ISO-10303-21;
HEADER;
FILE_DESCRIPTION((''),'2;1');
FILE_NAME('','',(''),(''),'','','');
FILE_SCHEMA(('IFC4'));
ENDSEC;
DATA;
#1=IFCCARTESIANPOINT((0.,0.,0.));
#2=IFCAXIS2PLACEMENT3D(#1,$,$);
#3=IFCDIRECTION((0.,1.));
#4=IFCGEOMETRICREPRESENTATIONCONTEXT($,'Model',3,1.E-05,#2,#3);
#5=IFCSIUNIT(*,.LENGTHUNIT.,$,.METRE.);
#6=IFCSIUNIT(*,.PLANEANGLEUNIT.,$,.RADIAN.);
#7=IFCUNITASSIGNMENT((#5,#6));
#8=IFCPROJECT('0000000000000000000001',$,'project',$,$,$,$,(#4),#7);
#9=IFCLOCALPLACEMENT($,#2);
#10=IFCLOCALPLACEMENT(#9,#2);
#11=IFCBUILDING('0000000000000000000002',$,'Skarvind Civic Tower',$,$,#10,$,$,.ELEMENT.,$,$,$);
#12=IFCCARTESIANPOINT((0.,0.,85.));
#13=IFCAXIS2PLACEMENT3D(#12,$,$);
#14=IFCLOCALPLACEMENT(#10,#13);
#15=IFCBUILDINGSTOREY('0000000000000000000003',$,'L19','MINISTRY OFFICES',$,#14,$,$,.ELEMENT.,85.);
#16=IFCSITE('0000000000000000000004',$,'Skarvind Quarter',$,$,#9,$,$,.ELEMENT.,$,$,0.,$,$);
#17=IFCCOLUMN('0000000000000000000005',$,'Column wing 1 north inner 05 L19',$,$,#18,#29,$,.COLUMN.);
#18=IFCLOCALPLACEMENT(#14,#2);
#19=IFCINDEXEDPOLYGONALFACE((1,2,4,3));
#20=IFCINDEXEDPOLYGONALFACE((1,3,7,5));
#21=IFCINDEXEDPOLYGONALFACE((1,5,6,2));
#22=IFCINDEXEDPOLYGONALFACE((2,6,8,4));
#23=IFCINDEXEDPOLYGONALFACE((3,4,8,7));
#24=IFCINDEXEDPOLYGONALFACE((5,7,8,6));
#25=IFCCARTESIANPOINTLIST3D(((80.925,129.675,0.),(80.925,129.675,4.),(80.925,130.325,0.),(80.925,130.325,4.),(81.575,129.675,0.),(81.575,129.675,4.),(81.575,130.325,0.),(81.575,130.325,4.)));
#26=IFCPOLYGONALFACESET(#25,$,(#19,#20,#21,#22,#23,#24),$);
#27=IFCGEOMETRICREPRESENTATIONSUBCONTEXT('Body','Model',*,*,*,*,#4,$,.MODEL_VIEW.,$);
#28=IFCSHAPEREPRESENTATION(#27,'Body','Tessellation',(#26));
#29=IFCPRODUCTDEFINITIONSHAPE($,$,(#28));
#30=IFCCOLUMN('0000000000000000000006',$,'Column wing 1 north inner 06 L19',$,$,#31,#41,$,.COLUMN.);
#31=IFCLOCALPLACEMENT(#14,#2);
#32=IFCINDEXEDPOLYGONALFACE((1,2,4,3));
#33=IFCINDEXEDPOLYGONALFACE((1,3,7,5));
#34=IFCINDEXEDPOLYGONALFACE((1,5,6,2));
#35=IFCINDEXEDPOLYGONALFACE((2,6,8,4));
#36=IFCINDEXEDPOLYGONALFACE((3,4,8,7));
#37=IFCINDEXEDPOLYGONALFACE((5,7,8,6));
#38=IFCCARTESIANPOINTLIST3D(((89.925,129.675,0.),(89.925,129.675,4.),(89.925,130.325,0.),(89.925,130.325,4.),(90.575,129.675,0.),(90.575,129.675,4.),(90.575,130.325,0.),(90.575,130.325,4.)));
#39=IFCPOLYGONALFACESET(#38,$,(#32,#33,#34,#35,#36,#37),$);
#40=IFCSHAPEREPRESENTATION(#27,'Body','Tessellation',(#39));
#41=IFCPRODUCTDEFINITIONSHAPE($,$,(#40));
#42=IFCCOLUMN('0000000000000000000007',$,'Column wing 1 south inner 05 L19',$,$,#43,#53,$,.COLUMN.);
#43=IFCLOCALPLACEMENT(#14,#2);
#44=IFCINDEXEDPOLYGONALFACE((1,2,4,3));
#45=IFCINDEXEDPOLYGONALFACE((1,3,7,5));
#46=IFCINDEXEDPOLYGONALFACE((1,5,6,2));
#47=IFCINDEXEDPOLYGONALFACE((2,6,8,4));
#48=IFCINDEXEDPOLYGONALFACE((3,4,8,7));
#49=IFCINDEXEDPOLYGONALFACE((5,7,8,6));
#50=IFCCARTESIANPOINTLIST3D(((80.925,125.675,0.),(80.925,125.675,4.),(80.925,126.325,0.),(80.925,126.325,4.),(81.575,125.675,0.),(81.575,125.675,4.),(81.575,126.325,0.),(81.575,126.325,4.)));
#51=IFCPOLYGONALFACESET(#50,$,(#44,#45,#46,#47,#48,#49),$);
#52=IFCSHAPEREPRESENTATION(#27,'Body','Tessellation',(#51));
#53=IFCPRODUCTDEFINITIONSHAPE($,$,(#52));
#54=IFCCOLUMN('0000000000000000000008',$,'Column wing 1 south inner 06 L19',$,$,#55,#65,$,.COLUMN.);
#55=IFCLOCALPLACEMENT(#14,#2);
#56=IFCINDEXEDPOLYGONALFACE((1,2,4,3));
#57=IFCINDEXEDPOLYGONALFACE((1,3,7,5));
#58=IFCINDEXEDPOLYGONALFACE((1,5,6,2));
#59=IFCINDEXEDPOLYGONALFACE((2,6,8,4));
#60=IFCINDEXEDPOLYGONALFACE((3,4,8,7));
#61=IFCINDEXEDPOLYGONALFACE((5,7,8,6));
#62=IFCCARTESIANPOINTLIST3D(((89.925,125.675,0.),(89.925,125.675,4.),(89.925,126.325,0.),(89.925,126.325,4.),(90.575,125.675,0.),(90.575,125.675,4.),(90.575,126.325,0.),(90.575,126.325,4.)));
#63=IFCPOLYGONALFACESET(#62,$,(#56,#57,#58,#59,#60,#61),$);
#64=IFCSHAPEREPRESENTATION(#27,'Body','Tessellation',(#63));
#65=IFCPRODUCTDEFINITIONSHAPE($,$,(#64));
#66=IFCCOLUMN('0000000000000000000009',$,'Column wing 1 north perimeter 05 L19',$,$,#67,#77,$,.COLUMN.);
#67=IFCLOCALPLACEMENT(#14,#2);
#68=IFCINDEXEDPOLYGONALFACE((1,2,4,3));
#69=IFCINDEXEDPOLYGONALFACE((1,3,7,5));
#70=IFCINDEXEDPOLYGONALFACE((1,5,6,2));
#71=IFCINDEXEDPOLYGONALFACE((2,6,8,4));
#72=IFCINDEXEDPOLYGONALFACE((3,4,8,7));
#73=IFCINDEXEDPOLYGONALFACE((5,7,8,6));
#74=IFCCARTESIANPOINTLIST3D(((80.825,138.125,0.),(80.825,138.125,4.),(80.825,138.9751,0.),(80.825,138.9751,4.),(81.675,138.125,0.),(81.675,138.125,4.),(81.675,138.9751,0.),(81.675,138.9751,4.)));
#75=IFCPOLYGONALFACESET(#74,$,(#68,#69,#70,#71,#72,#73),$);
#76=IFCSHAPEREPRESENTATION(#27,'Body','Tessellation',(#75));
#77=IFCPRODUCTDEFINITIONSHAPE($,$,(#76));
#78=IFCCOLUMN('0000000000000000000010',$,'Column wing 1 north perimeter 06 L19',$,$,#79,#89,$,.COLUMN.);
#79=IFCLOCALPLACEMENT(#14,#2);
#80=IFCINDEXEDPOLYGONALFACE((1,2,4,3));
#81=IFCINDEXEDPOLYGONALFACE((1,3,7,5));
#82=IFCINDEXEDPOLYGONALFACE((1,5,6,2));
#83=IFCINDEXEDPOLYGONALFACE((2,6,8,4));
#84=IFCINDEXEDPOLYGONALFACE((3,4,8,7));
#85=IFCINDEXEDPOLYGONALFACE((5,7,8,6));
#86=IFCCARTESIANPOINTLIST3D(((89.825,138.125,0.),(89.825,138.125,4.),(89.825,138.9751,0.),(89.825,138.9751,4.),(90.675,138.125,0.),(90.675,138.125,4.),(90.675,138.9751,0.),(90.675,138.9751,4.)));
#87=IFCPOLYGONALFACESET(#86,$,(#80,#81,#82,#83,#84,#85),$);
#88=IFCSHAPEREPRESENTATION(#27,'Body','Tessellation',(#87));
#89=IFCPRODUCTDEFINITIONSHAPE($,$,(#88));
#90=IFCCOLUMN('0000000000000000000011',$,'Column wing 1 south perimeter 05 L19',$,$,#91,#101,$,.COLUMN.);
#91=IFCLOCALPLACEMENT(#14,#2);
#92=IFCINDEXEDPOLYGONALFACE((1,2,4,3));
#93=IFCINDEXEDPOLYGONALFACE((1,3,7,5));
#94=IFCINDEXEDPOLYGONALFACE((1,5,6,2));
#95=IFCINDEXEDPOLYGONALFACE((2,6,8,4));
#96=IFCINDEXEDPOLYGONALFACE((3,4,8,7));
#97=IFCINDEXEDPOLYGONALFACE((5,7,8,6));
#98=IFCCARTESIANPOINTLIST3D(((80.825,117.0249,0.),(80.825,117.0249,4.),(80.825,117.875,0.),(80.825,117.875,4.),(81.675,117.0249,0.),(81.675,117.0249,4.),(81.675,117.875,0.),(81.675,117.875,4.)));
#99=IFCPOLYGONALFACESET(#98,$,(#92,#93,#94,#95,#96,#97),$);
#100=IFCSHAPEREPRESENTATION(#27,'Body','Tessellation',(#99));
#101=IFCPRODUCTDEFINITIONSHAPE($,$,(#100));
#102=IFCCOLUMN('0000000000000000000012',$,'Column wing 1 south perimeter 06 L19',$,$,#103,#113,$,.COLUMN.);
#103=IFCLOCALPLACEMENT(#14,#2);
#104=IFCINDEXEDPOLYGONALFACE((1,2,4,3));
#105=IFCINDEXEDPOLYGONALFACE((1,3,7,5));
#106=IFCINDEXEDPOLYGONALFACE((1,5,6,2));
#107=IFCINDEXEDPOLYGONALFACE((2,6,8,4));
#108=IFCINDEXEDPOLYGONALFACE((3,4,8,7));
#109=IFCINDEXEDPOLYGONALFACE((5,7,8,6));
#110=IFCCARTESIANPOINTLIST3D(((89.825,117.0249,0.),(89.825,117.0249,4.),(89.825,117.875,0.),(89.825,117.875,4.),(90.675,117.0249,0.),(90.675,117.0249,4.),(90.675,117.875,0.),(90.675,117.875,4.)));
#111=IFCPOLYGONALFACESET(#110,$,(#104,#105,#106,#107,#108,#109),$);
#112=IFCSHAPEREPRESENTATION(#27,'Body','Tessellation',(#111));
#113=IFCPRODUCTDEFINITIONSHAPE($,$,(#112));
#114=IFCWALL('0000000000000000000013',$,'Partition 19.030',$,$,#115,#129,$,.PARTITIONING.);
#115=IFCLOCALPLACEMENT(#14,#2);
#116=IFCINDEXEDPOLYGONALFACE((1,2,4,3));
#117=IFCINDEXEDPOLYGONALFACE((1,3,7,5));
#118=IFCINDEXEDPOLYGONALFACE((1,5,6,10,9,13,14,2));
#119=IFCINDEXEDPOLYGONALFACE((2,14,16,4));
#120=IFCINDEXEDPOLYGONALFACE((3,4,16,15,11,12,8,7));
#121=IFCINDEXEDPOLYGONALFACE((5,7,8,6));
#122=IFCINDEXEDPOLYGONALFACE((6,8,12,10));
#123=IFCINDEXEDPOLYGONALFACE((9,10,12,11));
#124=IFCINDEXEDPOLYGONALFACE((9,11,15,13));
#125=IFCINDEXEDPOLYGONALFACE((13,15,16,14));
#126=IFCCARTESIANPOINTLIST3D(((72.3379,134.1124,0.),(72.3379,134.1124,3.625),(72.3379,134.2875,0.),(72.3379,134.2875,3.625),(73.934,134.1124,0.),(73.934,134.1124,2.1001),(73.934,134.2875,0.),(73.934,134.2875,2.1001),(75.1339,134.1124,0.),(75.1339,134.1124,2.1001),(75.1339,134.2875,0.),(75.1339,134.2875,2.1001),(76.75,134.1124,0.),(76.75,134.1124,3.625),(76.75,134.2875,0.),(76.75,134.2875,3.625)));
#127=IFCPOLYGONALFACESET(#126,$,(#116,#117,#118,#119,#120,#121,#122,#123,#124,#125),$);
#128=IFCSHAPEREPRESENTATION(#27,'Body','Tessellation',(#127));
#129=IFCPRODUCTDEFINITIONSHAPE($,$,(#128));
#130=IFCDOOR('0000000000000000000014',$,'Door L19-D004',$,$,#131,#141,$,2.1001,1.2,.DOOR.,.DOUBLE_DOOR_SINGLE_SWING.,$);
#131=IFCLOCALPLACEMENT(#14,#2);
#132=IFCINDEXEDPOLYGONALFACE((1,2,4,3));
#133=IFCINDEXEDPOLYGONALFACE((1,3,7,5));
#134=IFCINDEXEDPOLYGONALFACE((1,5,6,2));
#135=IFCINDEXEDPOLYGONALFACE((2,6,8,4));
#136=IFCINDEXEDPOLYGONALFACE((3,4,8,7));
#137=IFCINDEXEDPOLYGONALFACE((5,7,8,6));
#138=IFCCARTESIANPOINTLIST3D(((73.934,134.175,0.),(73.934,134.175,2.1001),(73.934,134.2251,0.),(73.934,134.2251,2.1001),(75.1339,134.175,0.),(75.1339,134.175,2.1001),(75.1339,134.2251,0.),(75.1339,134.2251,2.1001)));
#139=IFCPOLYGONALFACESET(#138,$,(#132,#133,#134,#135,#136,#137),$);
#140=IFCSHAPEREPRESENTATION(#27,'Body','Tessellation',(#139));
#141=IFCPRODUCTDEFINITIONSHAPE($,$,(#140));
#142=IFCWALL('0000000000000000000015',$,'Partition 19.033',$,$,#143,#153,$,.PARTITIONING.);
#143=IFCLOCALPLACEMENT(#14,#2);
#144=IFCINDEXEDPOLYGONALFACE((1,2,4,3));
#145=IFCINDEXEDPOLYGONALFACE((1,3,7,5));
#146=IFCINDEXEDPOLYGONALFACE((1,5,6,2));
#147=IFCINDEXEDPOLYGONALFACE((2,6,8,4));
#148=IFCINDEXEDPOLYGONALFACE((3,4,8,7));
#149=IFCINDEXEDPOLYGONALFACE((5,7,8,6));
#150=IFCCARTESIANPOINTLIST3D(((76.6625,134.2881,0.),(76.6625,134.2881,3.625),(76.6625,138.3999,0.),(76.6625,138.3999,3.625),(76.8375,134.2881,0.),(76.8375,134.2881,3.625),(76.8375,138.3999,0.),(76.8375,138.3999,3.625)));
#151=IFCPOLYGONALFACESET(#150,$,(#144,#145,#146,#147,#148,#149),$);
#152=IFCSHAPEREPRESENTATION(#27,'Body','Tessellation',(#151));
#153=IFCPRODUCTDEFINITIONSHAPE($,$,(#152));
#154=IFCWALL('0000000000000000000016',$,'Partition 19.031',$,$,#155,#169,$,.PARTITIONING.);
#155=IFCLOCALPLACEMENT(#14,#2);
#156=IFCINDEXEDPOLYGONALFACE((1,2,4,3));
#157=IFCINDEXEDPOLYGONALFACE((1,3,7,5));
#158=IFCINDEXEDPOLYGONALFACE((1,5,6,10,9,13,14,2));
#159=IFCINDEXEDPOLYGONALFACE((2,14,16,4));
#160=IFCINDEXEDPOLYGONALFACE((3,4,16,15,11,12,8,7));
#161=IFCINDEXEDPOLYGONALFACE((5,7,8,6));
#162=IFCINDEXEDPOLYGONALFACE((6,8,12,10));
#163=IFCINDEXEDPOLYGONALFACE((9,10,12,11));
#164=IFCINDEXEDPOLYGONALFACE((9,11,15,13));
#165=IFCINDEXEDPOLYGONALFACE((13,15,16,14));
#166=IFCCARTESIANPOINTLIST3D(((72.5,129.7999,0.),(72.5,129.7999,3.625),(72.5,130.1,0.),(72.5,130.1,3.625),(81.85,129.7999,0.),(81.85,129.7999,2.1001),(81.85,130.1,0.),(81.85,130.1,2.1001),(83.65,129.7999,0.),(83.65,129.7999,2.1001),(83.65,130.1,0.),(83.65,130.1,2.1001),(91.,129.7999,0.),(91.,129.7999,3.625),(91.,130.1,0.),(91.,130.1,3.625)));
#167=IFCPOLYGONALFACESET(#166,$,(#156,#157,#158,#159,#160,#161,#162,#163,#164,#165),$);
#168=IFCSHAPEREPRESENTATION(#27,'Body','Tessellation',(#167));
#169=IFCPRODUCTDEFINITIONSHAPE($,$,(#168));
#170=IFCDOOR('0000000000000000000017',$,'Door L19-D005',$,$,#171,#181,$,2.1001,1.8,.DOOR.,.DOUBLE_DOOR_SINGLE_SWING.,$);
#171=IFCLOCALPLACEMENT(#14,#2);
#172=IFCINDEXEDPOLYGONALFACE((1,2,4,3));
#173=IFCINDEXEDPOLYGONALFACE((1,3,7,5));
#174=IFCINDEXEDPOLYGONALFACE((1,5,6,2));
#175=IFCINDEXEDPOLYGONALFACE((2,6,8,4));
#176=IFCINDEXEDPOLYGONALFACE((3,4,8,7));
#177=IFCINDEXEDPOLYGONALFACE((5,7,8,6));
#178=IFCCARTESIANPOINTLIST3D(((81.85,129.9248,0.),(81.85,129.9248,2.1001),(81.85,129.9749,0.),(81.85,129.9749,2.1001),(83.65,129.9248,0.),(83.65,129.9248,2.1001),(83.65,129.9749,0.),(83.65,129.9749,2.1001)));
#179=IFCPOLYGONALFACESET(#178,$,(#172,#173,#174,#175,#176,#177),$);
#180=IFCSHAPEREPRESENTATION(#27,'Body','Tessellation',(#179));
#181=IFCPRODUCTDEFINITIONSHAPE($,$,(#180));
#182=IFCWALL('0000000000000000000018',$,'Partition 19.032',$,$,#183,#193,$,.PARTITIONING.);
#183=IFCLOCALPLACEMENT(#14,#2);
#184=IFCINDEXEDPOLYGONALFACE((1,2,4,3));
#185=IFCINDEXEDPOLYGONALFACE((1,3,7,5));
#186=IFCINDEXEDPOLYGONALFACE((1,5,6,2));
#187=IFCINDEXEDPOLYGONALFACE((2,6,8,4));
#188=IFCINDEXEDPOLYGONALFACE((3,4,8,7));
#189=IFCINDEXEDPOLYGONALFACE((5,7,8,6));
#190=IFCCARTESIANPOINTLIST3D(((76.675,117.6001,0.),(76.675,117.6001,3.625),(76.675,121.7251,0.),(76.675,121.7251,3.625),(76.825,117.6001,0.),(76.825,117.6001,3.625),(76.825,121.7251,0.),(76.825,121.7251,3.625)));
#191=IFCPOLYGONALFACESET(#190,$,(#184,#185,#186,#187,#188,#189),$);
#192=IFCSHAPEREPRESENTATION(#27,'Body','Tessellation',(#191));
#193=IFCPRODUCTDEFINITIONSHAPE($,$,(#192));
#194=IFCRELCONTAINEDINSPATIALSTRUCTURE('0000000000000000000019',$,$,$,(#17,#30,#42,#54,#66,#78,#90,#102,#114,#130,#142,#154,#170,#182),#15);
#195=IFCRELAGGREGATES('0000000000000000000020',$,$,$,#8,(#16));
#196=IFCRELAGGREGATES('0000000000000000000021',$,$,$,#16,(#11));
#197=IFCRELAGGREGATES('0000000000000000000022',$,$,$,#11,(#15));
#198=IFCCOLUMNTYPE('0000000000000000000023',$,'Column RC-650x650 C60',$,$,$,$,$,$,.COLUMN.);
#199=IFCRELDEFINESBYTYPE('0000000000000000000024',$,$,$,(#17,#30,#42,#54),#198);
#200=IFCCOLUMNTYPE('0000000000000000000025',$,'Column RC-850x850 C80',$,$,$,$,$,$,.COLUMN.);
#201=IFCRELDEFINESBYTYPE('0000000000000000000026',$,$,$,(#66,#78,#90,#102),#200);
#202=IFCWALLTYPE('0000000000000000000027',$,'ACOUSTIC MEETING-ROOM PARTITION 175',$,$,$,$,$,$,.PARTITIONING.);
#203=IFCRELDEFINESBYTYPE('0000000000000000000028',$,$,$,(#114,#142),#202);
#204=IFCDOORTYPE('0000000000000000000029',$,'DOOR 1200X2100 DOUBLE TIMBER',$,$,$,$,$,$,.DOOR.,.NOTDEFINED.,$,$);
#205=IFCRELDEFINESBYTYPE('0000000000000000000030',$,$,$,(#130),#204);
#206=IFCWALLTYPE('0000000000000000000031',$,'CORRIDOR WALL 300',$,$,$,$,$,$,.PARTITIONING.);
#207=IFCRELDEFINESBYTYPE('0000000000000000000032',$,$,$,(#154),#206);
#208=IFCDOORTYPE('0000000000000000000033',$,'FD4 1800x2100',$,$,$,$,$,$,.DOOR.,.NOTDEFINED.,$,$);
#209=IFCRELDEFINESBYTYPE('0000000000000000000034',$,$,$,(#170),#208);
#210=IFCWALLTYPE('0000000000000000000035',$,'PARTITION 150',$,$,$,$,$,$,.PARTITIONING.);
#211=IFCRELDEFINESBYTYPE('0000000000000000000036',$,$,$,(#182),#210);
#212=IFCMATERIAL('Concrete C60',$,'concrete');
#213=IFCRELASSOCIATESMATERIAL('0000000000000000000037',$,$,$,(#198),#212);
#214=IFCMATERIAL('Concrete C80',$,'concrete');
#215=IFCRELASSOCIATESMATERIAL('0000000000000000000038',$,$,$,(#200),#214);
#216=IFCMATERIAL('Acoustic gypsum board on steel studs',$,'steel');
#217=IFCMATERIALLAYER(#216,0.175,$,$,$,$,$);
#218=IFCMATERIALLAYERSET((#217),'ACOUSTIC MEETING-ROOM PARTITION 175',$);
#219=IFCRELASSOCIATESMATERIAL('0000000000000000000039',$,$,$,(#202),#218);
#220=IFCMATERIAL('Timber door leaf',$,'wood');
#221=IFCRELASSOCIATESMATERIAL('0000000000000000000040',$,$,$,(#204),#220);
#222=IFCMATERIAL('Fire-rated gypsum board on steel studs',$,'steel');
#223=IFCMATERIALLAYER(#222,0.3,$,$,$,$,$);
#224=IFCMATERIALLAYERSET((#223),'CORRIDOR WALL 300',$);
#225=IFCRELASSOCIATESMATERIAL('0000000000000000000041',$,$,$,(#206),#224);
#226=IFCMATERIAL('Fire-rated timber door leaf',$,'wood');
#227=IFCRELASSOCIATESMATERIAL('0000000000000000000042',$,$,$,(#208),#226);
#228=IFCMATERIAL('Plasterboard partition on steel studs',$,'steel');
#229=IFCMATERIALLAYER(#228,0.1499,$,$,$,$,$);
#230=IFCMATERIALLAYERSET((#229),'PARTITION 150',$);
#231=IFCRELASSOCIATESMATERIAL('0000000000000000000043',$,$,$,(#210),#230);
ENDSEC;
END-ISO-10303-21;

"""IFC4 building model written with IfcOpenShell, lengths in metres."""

from ifc_helpers import new_model, si_unit, direction, frame, frame_2d, origin, origin_2d, place, context, subcontext, project, spatial, rectangle, extrude, material, layer, layer_set, material_profile, profile_set, type_object, element, fill, save


model = new_model("IFC4")

# Units and contexts
model_context = context("Model", 3, precision=1e-05, world=origin(), true_north=direction((0.0, 1.0)))
body_context = subcontext(model_context, "Body", "Model", "MODEL_VIEW")
ifc_project = project(units=[si_unit("LENGTHUNIT", "METRE"), si_unit("PLANEANGLEUNIT", "RADIAN")], contexts=[model_context])

# Site, building, storey
site_placement = place(None, origin())
site = spatial("IfcSite", under=ifc_project, at=site_placement, Name="Skarvind Quarter", CompositionType="ELEMENT", RefElevation=0.0)
building_placement = place(site_placement, origin())
building = spatial("IfcBuilding", under=site, at=building_placement, Name="Skarvind Civic Tower", CompositionType="ELEMENT")
storey_placement = place(building_placement, frame((0.0, 0.0, 85.0)))
storey = spatial("IfcBuildingStorey", under=building, at=storey_placement, Name="L19", Description="MINISTRY OFFICES", CompositionType="ELEMENT", Elevation=85.0)

# Columns
ifc_material_1 = material(Name="Concrete C60", Category="concrete")
ifc_material_profile_1 = material_profile(ifc_material_1, rectangle(XDim=0.6499, YDim=0.6499, at=origin_2d()), Name="RC-650x650")
ifc_profile_set_1 = profile_set([ifc_material_profile_1], Name="Concrete C60")
column_type_1 = type_object("IfcColumnType", Name="Column RC-650x650 C60", PredefinedType="COLUMN", material=ifc_profile_set_1)
for number, where, z_axis, x_axis, name in (
    (1, (81.25, 130.0, 0.0), (0.0, 0.0, 1.0), (1.0, 0.0, 0.0), "Column wing 1 north inner 05 L19"),
    (2, (90.25, 130.0, 0.0), (0.0, 0.0, 1.0), (1.0, 0.0, 0.0), "Column wing 1 north inner 06 L19"),
    (3, (81.25, 126.0, 0.0), (0.0, 0.0, 1.0), (1.0, 0.0, 0.0), "Column wing 1 south inner 05 L19"),
    (4, (90.25, 126.0, 0.0), (0.0, 0.0, 1.0), (1.0, 0.0, 0.0), "Column wing 1 south inner 06 L19"),
):
    element("IfcColumn", number, at=place(storey_placement, frame(where, z_axis=z_axis, x_axis=x_axis)), inside=storey, type_object=column_type_1, Name=name, PredefinedType="COLUMN", context=body_context, shape_type="SweptSolid", body=[
        extrude(rectangle(XDim=0.6499, YDim=0.6499, at=origin_2d()), origin(), (0.0, 0.0, 1.0), 4.0),
    ])
ifc_material_2 = material(Name="Concrete C80", Category="concrete")
ifc_material_profile_2 = material_profile(ifc_material_2, rectangle(XDim=0.8501, YDim=0.8501, at=origin_2d()), Name="RC-850x850")
ifc_profile_set_2 = profile_set([ifc_material_profile_2], Name="Concrete C80")
column_type_2 = type_object("IfcColumnType", Name="Column RC-850x850 C80", PredefinedType="COLUMN", material=ifc_profile_set_2)
for number, where, z_axis, x_axis, name in (
    (5, (81.25, 138.55, 0.0), (0.0, 0.0, 1.0), (1.0, 0.0, 0.0), "Column wing 1 north perimeter 05 L19"),
    (6, (90.25, 138.55, 0.0), (0.0, 0.0, 1.0), (1.0, 0.0, 0.0), "Column wing 1 north perimeter 06 L19"),
    (7, (81.25, 117.45, 0.0), (0.0, 0.0, 1.0), (1.0, 0.0, 0.0), "Column wing 1 south perimeter 05 L19"),
    (8, (90.25, 117.45, 0.0), (0.0, 0.0, 1.0), (1.0, 0.0, 0.0), "Column wing 1 south perimeter 06 L19"),
):
    element("IfcColumn", number, at=place(storey_placement, frame(where, z_axis=z_axis, x_axis=x_axis)), inside=storey, type_object=column_type_2, Name=name, PredefinedType="COLUMN", context=body_context, shape_type="SweptSolid", body=[
        extrude(rectangle(XDim=0.8501, YDim=0.8501, at=origin_2d()), origin(), (0.0, 0.0, 1.0), 4.0),
    ])

# Wall, opening, door
ifc_material_3 = material(Name="Acoustic gypsum board on steel studs", Category="steel")
ifc_layer_1 = layer(ifc_material_3, 0.175)
ifc_layer_set_1 = layer_set([ifc_layer_1], Name="ACOUSTIC MEETING-ROOM PARTITION 175")
wall_type_1 = type_object("IfcWallType", Name="ACOUSTIC MEETING-ROOM PARTITION 175", PredefinedType="PARTITIONING", material=ifc_layer_set_1)
wall_1_placement = place(storey_placement, frame((76.75, 134.2, 0.0), z_axis=(0.0, 0.0, 1.0), x_axis=(-1.0, 0.0, 0.0)))
wall_1 = element("IfcWall", 9, at=wall_1_placement, inside=storey, type_object=wall_type_1, Name="Partition 19.030", PredefinedType="PARTITIONING", context=body_context, shape_type="SweptSolid", body=[
    extrude(rectangle(XDim=4.4121, YDim=0.175, at=frame_2d((2.2061, 0.0))), origin(), (0.0, 0.0, 1.0), 3.625),
])
opening_1_placement = place(wall_1_placement, frame((1.616, 0.0, 0.0)))
opening_1 = element("IfcOpeningElement", 10, at=opening_1_placement, cuts=wall_1, PredefinedType="OPENING", context=body_context, shape_type="SweptSolid", body=[
    extrude(rectangle(XDim=1.2, YDim=2.1001, at=frame_2d((0.6001, 1.05))), frame((0.0, 0.0974, 0.0), z_axis=(0.0, -1.0, 0.0), x_axis=(1.0, 0.0, 0.0)), (0.0, 0.0, 1.0), 0.1951),
])
ifc_material_4 = material(Name="Timber door leaf", Category="wood")
door_type_1 = type_object("IfcDoorType", Name="DOOR 1200X2100 DOUBLE TIMBER", OperationType="NOTDEFINED", PredefinedType="DOOR", material=ifc_material_4)
door_1_placement = place(opening_1_placement, origin())
door_1 = element("IfcDoor", 11, at=door_1_placement, inside=storey, type_object=door_type_1, Name="Door L19-D004", OperationType="DOUBLE_DOOR_SINGLE_SWING", OverallHeight=2.1001, OverallWidth=1.2, PredefinedType="DOOR", context=body_context, shape_type="SweptSolid", body=[
    extrude(rectangle(XDim=1.2, YDim=2.1001, at=frame_2d((0.6001, 1.05))), frame((0.0, 0.0249, 0.0), z_axis=(0.0, -1.0, 0.0), x_axis=(1.0, 0.0, 0.0)), (0.0, 0.0, 1.0), 0.05),
])
fill(opening_1, door_1)

# Wall
wall_2_placement = place(storey_placement, frame((76.75, 134.2881, 0.0), z_axis=(0.0, 0.0, 1.0), x_axis=(0.0, 1.0, 0.0)))
element("IfcWall", 12, at=wall_2_placement, inside=storey, type_object=wall_type_1, Name="Partition 19.033", PredefinedType="PARTITIONING", context=body_context, shape_type="SweptSolid", body=[
    extrude(rectangle(XDim=4.1118, YDim=0.175, at=frame_2d((2.0559, 0.0))), origin(), (0.0, 0.0, 1.0), 3.625),
])

# Wall, opening, door
ifc_material_5 = material(Name="Fire-rated gypsum board on steel studs", Category="steel")
ifc_layer_2 = layer(ifc_material_5, 0.3)
ifc_layer_set_2 = layer_set([ifc_layer_2], Name="CORRIDOR WALL 300")
wall_type_2 = type_object("IfcWallType", Name="CORRIDOR WALL 300", PredefinedType="PARTITIONING", material=ifc_layer_set_2)
wall_3_placement = place(storey_placement, frame((72.5, 129.95, 0.0), z_axis=(0.0, 0.0, 1.0), x_axis=(1.0, 0.0, 0.0)))
wall_3 = element("IfcWall", 13, at=wall_3_placement, inside=storey, type_object=wall_type_2, Name="Partition 19.031", PredefinedType="PARTITIONING", context=body_context, shape_type="SweptSolid", body=[
    extrude(rectangle(XDim=18.5, YDim=0.3, at=frame_2d((9.25, 0.0))), origin(), (0.0, 0.0, 1.0), 3.625),
])
opening_2_placement = place(wall_3_placement, frame((9.3501, 0.0, 0.0)))
opening_2 = element("IfcOpeningElement", 14, at=opening_2_placement, cuts=wall_3, PredefinedType="OPENING", context=body_context, shape_type="SweptSolid", body=[
    extrude(rectangle(XDim=1.8, YDim=2.1001, at=frame_2d((0.8999, 1.05))), frame((0.0, 0.1599, 0.0), z_axis=(0.0, -1.0, 0.0), x_axis=(1.0, 0.0, 0.0)), (0.0, 0.0, 1.0), 0.3201),
])
ifc_material_6 = material(Name="Fire-rated timber door leaf", Category="wood")
door_type_2 = type_object("IfcDoorType", Name="FD4 1800x2100", OperationType="NOTDEFINED", PredefinedType="DOOR", material=ifc_material_6)
door_2_placement = place(opening_2_placement, origin())
door_2 = element("IfcDoor", 15, at=door_2_placement, inside=storey, type_object=door_type_2, Name="Door L19-D005", OperationType="DOUBLE_DOOR_SINGLE_SWING", OverallHeight=2.1001, OverallWidth=1.8, PredefinedType="DOOR", context=body_context, shape_type="SweptSolid", body=[
    extrude(rectangle(XDim=1.8, YDim=2.1001, at=frame_2d((0.8999, 1.05))), frame((0.0, 0.0249, 0.0), z_axis=(0.0, -1.0, 0.0), x_axis=(1.0, 0.0, 0.0)), (0.0, 0.0, 1.0), 0.05),
])
fill(opening_2, door_2)

# Wall
ifc_material_7 = material(Name="Plasterboard partition on steel studs", Category="steel")
ifc_layer_3 = layer(ifc_material_7, 0.1499)
ifc_layer_set_3 = layer_set([ifc_layer_3], Name="PARTITION 150")
wall_type_3 = type_object("IfcWallType", Name="PARTITION 150", PredefinedType="PARTITIONING", material=ifc_layer_set_3)
for number, where, z_axis, x_axis, name in (
    (16, (76.75, 117.6001, 0.0), (0.0, 0.0, 1.0), (0.0, 1.0, 0.0), "Partition 19.032"),
):
    element("IfcWall", number, at=place(storey_placement, frame(where, z_axis=z_axis, x_axis=x_axis)), inside=storey, type_object=wall_type_3, Name=name, PredefinedType="PARTITIONING", context=body_context, shape_type="SweptSolid", body=[
        extrude(rectangle(XDim=4.125, YDim=0.1499, at=frame_2d((2.0625, 0.0))), origin(), (0.0, 0.0, 1.0), 3.625),
    ])

save(model, "model.ifc")
